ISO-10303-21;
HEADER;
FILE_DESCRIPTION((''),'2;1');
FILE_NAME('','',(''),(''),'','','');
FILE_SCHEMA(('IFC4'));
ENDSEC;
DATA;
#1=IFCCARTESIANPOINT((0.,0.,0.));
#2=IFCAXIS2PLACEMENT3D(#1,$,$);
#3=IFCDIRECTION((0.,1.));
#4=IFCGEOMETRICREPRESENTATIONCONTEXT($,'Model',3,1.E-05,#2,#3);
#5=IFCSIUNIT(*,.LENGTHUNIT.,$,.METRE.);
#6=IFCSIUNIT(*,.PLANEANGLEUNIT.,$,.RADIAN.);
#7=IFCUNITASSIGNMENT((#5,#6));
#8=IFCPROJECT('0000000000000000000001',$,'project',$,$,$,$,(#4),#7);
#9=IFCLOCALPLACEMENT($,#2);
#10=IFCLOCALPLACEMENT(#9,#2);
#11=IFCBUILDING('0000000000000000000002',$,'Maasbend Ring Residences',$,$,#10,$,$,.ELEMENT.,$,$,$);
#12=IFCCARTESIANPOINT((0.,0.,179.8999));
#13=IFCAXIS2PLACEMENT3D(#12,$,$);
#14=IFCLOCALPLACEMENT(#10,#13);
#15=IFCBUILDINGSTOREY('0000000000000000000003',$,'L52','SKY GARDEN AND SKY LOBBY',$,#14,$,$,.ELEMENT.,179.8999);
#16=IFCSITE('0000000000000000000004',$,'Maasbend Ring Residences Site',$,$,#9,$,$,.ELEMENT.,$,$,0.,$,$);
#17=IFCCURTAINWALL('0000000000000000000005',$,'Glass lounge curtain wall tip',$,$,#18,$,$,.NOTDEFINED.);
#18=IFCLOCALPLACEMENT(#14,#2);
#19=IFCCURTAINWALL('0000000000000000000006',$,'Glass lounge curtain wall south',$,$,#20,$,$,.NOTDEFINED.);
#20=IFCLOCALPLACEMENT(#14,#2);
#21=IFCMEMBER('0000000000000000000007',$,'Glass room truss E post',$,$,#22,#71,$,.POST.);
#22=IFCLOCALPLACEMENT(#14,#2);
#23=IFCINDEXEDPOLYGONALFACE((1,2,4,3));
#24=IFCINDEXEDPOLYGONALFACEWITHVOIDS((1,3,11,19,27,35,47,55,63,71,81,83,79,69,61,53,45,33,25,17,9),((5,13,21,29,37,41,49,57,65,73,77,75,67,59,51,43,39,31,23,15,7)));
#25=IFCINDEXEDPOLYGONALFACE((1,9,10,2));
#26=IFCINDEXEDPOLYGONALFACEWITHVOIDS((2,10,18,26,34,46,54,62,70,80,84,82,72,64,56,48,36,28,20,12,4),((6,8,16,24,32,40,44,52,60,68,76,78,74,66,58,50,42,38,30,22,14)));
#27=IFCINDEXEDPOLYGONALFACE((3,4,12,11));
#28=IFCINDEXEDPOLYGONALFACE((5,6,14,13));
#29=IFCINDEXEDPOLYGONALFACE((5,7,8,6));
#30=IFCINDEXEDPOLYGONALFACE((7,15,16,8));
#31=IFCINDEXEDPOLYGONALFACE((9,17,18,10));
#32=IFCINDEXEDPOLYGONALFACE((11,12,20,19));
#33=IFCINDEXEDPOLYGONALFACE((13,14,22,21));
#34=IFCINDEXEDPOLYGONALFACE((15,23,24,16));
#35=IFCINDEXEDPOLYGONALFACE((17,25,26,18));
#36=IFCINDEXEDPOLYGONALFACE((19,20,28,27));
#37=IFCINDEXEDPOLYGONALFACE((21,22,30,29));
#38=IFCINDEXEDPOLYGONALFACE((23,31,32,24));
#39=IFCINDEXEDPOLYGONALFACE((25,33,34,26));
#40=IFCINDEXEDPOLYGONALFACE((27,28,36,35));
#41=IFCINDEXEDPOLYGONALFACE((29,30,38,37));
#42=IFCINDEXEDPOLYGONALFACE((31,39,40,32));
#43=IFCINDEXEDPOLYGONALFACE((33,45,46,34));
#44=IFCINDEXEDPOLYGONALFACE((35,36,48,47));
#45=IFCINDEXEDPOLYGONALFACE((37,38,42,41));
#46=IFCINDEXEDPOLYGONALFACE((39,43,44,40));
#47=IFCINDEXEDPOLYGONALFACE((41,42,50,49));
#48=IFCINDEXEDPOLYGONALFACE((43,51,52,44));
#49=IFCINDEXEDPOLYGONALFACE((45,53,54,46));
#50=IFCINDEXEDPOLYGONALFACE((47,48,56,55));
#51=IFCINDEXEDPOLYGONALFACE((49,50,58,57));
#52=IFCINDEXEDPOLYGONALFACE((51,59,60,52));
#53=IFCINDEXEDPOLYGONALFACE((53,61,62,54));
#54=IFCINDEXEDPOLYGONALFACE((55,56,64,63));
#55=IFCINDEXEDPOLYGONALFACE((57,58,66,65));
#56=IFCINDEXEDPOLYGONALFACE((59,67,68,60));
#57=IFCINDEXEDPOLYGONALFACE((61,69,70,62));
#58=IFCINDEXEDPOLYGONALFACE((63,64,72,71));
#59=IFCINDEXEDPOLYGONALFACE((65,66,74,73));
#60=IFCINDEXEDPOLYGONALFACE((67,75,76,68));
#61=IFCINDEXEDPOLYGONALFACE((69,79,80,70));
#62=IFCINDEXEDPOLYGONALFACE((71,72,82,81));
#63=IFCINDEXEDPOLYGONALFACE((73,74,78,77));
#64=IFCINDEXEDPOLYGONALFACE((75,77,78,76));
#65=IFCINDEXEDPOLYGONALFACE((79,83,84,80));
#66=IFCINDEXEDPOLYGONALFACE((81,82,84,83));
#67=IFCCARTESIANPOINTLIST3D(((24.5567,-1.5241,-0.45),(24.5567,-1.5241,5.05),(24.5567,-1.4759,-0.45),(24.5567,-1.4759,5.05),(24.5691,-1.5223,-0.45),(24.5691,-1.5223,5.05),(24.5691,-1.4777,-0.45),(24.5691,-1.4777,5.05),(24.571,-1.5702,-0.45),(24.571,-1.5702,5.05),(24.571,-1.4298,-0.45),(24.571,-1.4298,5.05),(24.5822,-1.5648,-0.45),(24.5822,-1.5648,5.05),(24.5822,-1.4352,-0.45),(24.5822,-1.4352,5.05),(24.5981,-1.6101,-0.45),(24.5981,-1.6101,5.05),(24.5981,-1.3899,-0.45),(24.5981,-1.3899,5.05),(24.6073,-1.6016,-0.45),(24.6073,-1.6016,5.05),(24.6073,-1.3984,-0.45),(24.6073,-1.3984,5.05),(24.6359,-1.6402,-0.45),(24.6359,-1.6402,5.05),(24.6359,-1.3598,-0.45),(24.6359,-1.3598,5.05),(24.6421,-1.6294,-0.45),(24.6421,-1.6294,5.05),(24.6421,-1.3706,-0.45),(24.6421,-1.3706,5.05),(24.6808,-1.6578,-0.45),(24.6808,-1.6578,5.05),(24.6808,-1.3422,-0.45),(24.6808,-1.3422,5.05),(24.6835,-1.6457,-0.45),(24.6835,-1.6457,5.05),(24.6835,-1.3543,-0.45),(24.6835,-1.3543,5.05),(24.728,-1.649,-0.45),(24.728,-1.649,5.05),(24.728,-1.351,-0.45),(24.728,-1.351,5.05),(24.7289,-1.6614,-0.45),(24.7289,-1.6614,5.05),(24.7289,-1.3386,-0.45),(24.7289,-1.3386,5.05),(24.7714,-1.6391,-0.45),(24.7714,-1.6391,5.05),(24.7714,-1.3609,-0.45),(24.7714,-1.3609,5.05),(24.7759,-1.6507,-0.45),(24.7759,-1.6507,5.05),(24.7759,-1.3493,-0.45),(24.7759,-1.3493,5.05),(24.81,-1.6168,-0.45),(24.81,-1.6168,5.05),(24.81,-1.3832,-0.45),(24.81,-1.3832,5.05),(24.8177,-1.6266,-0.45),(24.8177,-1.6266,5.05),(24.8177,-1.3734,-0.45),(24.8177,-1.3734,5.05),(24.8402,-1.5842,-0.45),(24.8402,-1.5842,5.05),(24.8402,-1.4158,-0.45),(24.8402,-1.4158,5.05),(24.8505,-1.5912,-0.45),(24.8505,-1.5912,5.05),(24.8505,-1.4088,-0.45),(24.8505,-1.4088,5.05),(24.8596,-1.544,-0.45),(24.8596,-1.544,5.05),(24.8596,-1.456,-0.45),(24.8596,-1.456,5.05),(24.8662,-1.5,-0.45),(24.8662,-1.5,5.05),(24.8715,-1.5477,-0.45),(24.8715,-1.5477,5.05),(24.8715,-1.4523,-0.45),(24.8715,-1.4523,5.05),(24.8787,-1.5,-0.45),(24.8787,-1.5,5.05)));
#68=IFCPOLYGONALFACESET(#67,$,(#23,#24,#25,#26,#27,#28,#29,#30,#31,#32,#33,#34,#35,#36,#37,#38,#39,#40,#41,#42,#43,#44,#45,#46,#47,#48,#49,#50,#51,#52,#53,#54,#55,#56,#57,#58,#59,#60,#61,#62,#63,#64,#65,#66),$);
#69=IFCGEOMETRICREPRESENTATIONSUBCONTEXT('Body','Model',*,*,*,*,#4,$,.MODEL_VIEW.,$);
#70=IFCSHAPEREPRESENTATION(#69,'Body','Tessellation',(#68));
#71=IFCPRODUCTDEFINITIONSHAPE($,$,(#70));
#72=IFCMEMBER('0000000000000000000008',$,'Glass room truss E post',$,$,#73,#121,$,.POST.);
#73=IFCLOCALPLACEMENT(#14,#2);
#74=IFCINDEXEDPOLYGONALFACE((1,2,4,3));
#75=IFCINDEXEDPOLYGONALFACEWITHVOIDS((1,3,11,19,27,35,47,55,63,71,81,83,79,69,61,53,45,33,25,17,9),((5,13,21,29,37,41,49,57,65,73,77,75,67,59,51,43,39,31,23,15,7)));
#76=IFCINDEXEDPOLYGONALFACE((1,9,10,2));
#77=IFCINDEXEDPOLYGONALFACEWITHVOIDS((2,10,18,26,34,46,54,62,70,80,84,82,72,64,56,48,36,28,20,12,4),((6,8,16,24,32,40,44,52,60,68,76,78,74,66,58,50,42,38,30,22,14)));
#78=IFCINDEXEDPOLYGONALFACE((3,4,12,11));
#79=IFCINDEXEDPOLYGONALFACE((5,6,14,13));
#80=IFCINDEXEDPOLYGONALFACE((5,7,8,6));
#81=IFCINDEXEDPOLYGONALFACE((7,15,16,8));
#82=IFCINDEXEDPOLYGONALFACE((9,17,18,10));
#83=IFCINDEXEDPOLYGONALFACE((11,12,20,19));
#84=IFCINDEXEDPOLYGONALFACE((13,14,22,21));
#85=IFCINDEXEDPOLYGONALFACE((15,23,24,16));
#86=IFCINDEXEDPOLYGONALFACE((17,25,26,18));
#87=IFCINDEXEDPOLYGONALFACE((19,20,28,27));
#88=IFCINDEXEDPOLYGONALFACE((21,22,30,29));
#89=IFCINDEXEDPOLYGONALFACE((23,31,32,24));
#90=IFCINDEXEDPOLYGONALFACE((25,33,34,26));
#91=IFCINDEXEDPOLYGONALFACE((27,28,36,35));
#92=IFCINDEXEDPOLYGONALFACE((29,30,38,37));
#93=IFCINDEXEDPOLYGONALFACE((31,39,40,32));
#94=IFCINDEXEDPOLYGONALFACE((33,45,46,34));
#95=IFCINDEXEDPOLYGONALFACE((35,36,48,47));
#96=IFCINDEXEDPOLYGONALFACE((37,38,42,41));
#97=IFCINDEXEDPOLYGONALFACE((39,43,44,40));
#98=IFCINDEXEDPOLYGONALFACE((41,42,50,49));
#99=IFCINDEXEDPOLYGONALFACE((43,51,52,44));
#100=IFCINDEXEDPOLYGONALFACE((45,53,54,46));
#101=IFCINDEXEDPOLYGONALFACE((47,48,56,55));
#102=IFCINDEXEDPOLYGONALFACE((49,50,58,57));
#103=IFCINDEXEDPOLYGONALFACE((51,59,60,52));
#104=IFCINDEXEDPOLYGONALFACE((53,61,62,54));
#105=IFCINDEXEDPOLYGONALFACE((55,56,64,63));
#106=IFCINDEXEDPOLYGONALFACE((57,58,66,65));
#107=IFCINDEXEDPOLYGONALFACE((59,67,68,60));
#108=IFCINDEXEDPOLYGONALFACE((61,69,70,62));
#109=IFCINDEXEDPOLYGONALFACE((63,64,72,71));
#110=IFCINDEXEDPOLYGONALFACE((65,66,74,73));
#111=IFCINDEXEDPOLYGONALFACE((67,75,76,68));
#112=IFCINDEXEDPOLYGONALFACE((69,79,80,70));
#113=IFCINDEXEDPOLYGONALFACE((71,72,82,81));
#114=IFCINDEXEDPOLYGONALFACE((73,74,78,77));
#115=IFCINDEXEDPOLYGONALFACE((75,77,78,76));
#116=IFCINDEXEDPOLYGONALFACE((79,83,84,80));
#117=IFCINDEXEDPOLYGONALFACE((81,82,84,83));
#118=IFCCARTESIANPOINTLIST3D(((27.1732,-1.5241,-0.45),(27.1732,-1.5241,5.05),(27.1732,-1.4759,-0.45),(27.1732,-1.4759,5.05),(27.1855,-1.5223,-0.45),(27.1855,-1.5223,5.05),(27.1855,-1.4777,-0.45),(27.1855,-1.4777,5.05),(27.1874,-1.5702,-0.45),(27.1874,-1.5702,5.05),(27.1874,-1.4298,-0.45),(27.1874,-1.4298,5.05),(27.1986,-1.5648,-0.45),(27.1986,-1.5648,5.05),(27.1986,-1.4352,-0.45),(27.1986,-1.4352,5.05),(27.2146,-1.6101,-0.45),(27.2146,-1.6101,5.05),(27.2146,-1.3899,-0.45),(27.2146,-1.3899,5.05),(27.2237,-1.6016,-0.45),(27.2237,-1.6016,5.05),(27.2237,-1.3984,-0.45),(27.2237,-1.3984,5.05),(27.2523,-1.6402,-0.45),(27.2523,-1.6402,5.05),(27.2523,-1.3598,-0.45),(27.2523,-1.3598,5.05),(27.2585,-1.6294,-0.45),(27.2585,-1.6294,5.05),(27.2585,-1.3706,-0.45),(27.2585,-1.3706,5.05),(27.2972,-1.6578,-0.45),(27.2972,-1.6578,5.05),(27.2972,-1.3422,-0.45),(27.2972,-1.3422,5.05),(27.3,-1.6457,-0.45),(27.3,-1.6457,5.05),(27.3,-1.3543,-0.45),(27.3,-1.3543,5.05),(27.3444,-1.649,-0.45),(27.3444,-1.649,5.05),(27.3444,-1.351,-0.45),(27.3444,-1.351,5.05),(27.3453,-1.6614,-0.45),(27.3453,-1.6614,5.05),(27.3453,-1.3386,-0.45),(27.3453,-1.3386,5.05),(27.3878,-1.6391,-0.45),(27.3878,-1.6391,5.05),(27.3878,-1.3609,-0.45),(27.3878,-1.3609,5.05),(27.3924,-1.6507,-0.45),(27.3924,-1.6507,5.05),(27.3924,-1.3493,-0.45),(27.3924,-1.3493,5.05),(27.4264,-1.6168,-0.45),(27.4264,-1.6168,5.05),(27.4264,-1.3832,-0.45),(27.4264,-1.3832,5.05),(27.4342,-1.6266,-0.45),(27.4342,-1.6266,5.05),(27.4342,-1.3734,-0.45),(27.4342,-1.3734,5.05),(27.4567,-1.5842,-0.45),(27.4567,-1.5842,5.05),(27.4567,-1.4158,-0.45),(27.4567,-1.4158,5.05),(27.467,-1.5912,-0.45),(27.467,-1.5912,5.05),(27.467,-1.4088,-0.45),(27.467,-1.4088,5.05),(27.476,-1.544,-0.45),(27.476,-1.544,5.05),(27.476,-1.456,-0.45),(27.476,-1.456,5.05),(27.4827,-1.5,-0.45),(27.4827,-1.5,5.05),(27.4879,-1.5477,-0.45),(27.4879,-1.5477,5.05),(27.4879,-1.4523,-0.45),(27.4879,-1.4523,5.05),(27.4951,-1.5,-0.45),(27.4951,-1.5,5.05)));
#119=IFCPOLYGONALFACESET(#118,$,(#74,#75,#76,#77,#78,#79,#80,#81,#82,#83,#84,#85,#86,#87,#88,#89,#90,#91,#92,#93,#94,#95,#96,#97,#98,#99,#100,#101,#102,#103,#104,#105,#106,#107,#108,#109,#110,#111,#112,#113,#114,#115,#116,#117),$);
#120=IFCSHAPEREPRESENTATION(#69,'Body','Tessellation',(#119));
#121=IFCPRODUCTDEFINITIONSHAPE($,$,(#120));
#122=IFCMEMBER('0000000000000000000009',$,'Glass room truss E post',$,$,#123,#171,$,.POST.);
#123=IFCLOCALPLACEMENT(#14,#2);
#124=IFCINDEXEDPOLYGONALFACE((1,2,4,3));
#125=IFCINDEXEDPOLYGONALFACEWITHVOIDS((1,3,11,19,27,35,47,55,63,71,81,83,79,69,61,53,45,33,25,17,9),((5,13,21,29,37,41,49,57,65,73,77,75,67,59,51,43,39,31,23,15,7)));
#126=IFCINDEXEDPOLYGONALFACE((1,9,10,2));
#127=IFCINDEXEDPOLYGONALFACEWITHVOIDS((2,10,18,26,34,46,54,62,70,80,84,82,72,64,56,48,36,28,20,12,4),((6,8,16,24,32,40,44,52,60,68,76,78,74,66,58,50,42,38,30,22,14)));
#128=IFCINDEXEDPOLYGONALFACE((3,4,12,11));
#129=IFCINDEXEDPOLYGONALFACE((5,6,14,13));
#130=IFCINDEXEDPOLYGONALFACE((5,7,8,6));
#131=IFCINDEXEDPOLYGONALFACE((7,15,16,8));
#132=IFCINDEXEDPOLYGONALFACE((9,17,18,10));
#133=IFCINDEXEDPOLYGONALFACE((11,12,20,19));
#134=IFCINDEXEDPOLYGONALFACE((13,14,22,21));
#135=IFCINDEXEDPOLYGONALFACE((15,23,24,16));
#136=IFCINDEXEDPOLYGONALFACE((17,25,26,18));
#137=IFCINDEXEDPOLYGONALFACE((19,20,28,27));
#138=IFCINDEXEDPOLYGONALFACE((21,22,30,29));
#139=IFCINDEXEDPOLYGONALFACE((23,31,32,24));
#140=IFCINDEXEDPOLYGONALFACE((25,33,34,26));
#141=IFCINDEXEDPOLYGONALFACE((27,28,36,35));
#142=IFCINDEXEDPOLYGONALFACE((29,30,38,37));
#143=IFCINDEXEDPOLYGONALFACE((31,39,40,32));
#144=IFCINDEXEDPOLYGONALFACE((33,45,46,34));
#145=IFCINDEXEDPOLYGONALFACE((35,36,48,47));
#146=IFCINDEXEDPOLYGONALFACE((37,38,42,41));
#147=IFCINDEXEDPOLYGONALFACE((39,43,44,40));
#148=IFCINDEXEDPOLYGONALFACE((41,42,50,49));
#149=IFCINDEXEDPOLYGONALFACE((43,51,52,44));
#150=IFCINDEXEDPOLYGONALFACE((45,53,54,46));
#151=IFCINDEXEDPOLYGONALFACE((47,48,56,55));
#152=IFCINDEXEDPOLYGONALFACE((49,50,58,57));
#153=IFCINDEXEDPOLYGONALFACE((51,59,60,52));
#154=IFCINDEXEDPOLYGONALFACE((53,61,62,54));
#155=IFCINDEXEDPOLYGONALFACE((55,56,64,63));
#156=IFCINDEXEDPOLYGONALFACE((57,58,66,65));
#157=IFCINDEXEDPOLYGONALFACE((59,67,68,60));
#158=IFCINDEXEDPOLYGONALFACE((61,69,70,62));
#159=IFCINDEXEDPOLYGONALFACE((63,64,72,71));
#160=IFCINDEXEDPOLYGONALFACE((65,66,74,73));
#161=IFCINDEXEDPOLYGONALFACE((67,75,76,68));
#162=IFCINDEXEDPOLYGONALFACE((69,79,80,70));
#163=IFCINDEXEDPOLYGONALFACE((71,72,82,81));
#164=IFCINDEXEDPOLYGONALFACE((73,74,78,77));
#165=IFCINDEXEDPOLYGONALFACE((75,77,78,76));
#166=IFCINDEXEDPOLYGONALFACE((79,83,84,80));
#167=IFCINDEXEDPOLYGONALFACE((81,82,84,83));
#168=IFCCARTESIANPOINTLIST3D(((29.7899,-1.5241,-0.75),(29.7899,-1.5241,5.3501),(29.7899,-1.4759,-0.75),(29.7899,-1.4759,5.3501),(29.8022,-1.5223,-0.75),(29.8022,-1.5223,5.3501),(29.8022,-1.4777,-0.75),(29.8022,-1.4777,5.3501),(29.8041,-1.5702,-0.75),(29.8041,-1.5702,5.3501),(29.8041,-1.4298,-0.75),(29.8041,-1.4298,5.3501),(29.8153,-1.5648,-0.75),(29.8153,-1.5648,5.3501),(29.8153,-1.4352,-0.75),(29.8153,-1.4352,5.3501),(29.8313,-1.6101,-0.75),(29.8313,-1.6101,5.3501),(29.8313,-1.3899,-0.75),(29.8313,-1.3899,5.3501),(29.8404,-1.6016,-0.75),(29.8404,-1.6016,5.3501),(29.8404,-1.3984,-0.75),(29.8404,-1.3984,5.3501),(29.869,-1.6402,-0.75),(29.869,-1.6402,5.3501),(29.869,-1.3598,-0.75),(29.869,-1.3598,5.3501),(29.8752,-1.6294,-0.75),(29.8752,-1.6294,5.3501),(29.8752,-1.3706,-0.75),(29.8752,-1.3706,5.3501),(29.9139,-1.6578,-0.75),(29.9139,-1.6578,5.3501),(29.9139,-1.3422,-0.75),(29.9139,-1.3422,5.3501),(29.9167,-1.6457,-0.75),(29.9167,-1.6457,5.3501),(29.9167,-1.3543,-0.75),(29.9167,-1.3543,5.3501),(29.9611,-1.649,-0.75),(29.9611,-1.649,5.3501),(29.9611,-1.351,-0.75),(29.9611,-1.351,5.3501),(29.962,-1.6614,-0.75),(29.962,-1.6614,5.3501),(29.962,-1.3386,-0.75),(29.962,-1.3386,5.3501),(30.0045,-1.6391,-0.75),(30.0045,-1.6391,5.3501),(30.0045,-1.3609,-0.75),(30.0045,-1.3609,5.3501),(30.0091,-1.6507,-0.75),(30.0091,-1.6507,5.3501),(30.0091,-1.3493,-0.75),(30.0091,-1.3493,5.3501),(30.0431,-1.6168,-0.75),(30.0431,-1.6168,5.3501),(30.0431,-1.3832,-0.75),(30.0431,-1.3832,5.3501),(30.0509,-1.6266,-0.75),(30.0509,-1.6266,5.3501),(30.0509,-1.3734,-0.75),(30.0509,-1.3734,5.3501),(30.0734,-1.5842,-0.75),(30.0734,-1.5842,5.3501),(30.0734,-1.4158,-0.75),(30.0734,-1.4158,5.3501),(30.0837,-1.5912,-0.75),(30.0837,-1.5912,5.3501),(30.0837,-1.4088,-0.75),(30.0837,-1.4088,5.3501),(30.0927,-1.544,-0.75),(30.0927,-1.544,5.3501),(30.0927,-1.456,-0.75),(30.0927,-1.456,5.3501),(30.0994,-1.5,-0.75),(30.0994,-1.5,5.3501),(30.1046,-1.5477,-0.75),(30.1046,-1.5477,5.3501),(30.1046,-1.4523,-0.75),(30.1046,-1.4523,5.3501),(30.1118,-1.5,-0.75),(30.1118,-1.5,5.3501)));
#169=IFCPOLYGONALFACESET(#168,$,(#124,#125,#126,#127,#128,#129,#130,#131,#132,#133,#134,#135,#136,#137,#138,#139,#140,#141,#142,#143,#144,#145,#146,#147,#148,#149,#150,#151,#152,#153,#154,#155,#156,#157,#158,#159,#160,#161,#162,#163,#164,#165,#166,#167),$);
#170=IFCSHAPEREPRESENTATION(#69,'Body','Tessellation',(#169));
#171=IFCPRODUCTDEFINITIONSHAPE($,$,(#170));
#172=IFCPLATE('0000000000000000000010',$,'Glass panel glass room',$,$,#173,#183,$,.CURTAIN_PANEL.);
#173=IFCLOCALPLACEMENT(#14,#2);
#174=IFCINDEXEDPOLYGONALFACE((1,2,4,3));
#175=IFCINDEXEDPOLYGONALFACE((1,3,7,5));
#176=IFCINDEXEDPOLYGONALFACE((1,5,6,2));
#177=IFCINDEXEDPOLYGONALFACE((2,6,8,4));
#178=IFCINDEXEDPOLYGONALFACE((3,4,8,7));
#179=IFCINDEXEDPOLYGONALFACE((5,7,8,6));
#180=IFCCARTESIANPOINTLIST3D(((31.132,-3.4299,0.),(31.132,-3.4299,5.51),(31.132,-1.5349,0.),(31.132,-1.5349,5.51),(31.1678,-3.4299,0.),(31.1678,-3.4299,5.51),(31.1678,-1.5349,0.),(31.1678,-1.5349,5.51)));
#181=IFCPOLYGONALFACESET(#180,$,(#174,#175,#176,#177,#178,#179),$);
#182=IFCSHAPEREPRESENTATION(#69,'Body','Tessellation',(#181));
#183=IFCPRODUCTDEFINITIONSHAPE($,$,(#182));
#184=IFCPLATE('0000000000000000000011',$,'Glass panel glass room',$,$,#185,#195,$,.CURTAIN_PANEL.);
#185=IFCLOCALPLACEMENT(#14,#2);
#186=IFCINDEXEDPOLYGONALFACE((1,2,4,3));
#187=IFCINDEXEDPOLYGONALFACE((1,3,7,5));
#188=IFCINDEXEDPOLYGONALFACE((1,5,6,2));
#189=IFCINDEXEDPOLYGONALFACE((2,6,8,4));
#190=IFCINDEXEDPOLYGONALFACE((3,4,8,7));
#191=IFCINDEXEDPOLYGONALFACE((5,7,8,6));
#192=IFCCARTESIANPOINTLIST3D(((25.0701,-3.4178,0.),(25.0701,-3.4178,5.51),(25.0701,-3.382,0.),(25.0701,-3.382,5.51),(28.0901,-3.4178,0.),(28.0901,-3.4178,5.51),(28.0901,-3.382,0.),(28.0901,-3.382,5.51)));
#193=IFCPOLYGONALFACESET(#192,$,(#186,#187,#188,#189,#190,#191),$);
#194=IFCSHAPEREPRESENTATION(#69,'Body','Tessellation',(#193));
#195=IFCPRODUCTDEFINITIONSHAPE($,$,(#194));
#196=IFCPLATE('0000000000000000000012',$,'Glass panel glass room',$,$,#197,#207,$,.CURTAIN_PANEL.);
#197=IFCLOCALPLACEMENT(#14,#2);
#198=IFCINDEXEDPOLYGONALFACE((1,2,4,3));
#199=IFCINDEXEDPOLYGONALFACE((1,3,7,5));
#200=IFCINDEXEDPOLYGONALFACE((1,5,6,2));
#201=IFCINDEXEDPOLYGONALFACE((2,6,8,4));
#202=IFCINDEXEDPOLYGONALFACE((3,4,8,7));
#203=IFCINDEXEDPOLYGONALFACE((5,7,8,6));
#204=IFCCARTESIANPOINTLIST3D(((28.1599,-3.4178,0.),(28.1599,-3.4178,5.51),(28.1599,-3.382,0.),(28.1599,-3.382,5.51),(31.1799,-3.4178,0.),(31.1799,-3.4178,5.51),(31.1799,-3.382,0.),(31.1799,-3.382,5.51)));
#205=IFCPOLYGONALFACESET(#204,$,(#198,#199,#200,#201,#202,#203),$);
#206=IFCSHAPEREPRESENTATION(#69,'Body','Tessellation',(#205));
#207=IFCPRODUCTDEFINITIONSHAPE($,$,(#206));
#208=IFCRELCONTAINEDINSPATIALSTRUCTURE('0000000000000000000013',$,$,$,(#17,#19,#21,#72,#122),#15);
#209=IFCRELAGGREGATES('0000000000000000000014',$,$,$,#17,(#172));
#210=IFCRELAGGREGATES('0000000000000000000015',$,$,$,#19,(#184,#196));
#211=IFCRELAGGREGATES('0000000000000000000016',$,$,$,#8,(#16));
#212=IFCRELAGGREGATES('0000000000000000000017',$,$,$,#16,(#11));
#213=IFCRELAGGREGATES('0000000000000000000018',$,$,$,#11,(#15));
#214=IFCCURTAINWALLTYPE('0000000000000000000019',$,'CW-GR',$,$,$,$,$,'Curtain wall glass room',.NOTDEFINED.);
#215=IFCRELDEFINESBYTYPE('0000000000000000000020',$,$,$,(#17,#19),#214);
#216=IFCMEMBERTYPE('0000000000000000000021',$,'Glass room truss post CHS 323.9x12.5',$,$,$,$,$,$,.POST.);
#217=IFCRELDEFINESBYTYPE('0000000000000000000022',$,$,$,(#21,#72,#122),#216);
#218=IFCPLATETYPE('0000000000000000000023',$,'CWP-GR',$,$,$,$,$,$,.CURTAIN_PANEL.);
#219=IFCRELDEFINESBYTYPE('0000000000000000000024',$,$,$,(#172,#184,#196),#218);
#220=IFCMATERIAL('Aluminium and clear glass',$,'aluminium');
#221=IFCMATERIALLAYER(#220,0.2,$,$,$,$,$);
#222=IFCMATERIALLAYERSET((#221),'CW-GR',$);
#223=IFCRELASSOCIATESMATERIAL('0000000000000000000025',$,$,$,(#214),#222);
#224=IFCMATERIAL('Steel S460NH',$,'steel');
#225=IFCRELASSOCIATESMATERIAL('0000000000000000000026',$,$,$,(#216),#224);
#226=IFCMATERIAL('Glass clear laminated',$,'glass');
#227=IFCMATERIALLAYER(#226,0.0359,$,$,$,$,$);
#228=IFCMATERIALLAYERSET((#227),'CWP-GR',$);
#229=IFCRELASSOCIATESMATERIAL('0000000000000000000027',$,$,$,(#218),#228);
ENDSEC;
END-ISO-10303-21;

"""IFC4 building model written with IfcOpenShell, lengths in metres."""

from ifc_helpers import new_model, si_unit, direction, frame, origin, origin_2d, place, context, subcontext, project, spatial, rectangle, hollow_circle, extrude, material, layer, layer_set, material_profile, profile_set, type_object, element, aggregate, save


model = new_model("IFC4")

# Units and contexts
model_context = context("Model", 3, precision=1e-05, world=origin(), true_north=direction((0.0, 1.0)))
body_context = subcontext(model_context, "Body", "Model", "MODEL_VIEW")
ifc_project = project(units=[si_unit("LENGTHUNIT", "METRE"), si_unit("PLANEANGLEUNIT", "RADIAN")], contexts=[model_context])

# Site, building, storey
site_placement = place(None, origin())
site = spatial("IfcSite", under=ifc_project, at=site_placement, Name="Maasbend Ring Residences Site", CompositionType="ELEMENT", RefElevation=0.0)
building_placement = place(site_placement, origin())
building = spatial("IfcBuilding", under=site, at=building_placement, Name="Maasbend Ring Residences", CompositionType="ELEMENT")
storey_placement = place(building_placement, frame((0.0, 0.0, 179.8999)))
storey = spatial("IfcBuildingStorey", under=building, at=storey_placement, Name="L52", Description="SKY GARDEN AND SKY LOBBY", CompositionType="ELEMENT", Elevation=179.8999)

# Curtain wall
ifc_material_1 = material(Name="Aluminium and clear glass", Category="aluminium")
ifc_layer_1 = layer(ifc_material_1, 0.2)
ifc_layer_set_1 = layer_set([ifc_layer_1], Name="CW-GR")
curtain_wall_type = type_object("IfcCurtainWallType", Name="CW-GR", ElementType="Curtain wall glass room", PredefinedType="NOTDEFINED", material=ifc_layer_set_1)
curtain_wall_1_placement = place(storey_placement, origin())
curtain_wall_1 = element("IfcCurtainWall", 1, at=curtain_wall_1_placement, inside=storey, type_object=curtain_wall_type, Name="Glass lounge curtain wall tip", PredefinedType="NOTDEFINED")

# Curtain wall
curtain_wall_2_placement = place(storey_placement, origin())
curtain_wall_2 = element("IfcCurtainWall", 2, at=curtain_wall_2_placement, inside=storey, type_object=curtain_wall_type, Name="Glass lounge curtain wall south", PredefinedType="NOTDEFINED")

# Members
ifc_material_2 = material(Name="Steel S460NH", Category="steel")
ifc_material_profile_1 = material_profile(ifc_material_2, hollow_circle(Radius=0.1619, WallThickness=0.0125, at=origin_2d()), Name="Glass room truss post CHS 323.9x12.5")
ifc_profile_set_1 = profile_set([ifc_material_profile_1], Name="Steel S460NH")
member_type_1 = type_object("IfcMemberType", Name="Glass room truss post CHS 323.9x12.5", PredefinedType="POST", material=ifc_profile_set_1)
for number, where, z_axis, x_axis, name in (
    (3, (24.7168, -1.5, -0.45), (0.0, 0.0, 1.0), (1.0, 0.0, 0.0), "Glass room truss E post"),
    (4, (27.3333, -1.5, -0.45), (0.0, 0.0, 1.0), (1.0, 0.0, 0.0), "Glass room truss E post"),
):
    element("IfcMember", number, at=place(storey_placement, frame(where, z_axis=z_axis, x_axis=x_axis)), inside=storey, type_object=member_type_1, Name=name, PredefinedType="POST", context=body_context, shape_type="SweptSolid", body=[
        extrude(hollow_circle(Radius=0.1619, WallThickness=0.0125, at=origin_2d()), origin(), (0.0, 0.0, 1.0), 5.5),
    ])
member_1_placement = place(storey_placement, frame((29.95, -1.5, -0.75), z_axis=(0.0, 0.0, 1.0), x_axis=(1.0, 0.0, 0.0)))
element("IfcMember", 5, at=member_1_placement, inside=storey, type_object=member_type_1, Name="Glass room truss E post", PredefinedType="POST", context=body_context, shape_type="SweptSolid", body=[
    extrude(hollow_circle(Radius=0.1619, WallThickness=0.0125, at=origin_2d()), origin(), (0.0, 0.0, 1.0), 6.1001),
])

# Plates
ifc_material_3 = material(Name="Glass clear laminated", Category="glass")
ifc_layer_2 = layer(ifc_material_3, 0.0359)
ifc_layer_set_2 = layer_set([ifc_layer_2], Name="CWP-GR")
plate_type = type_object("IfcPlateType", Name="CWP-GR", PredefinedType="CURTAIN_PANEL", material=ifc_layer_set_2)
plate_1_placement = place(storey_placement, frame((31.1499, -2.4824, 0.0), z_axis=(0.0, 0.0, 1.0), x_axis=(0.0, 1.0, 0.0)))
plate_1 = element("IfcPlate", 6, at=plate_1_placement, type_object=plate_type, Name="Glass panel glass room", PredefinedType="CURTAIN_PANEL", context=body_context, shape_type="SweptSolid", body=[
    extrude(rectangle(XDim=1.895, YDim=0.0359, at=origin_2d()), origin(), (0.0, 0.0, 1.0), 5.51),
])
aggregate(curtain_wall_1, [plate_1])
plate_2_placement = place(storey_placement, frame((26.5801, -3.3999, 0.0), z_axis=(0.0, 0.0, 1.0), x_axis=(1.0, 0.0, 0.0)))
plate_2 = element("IfcPlate", 7, at=plate_2_placement, type_object=plate_type, Name="Glass panel glass room", PredefinedType="CURTAIN_PANEL", context=body_context, shape_type="SweptSolid", body=[
    extrude(rectangle(XDim=3.02, YDim=0.0359, at=origin_2d()), origin(), (0.0, 0.0, 1.0), 5.51),
])
plate_3_placement = place(storey_placement, frame((29.6699, -3.3999, 0.0), z_axis=(0.0, 0.0, 1.0), x_axis=(1.0, 0.0, 0.0)))
plate_3 = element("IfcPlate", 8, at=plate_3_placement, type_object=plate_type, Name="Glass panel glass room", PredefinedType="CURTAIN_PANEL", context=body_context, shape_type="SweptSolid", body=[
    extrude(rectangle(XDim=3.02, YDim=0.0359, at=origin_2d()), origin(), (0.0, 0.0, 1.0), 5.51),
])
aggregate(curtain_wall_2, [plate_2, plate_3])

save(model, "model.ifc")
